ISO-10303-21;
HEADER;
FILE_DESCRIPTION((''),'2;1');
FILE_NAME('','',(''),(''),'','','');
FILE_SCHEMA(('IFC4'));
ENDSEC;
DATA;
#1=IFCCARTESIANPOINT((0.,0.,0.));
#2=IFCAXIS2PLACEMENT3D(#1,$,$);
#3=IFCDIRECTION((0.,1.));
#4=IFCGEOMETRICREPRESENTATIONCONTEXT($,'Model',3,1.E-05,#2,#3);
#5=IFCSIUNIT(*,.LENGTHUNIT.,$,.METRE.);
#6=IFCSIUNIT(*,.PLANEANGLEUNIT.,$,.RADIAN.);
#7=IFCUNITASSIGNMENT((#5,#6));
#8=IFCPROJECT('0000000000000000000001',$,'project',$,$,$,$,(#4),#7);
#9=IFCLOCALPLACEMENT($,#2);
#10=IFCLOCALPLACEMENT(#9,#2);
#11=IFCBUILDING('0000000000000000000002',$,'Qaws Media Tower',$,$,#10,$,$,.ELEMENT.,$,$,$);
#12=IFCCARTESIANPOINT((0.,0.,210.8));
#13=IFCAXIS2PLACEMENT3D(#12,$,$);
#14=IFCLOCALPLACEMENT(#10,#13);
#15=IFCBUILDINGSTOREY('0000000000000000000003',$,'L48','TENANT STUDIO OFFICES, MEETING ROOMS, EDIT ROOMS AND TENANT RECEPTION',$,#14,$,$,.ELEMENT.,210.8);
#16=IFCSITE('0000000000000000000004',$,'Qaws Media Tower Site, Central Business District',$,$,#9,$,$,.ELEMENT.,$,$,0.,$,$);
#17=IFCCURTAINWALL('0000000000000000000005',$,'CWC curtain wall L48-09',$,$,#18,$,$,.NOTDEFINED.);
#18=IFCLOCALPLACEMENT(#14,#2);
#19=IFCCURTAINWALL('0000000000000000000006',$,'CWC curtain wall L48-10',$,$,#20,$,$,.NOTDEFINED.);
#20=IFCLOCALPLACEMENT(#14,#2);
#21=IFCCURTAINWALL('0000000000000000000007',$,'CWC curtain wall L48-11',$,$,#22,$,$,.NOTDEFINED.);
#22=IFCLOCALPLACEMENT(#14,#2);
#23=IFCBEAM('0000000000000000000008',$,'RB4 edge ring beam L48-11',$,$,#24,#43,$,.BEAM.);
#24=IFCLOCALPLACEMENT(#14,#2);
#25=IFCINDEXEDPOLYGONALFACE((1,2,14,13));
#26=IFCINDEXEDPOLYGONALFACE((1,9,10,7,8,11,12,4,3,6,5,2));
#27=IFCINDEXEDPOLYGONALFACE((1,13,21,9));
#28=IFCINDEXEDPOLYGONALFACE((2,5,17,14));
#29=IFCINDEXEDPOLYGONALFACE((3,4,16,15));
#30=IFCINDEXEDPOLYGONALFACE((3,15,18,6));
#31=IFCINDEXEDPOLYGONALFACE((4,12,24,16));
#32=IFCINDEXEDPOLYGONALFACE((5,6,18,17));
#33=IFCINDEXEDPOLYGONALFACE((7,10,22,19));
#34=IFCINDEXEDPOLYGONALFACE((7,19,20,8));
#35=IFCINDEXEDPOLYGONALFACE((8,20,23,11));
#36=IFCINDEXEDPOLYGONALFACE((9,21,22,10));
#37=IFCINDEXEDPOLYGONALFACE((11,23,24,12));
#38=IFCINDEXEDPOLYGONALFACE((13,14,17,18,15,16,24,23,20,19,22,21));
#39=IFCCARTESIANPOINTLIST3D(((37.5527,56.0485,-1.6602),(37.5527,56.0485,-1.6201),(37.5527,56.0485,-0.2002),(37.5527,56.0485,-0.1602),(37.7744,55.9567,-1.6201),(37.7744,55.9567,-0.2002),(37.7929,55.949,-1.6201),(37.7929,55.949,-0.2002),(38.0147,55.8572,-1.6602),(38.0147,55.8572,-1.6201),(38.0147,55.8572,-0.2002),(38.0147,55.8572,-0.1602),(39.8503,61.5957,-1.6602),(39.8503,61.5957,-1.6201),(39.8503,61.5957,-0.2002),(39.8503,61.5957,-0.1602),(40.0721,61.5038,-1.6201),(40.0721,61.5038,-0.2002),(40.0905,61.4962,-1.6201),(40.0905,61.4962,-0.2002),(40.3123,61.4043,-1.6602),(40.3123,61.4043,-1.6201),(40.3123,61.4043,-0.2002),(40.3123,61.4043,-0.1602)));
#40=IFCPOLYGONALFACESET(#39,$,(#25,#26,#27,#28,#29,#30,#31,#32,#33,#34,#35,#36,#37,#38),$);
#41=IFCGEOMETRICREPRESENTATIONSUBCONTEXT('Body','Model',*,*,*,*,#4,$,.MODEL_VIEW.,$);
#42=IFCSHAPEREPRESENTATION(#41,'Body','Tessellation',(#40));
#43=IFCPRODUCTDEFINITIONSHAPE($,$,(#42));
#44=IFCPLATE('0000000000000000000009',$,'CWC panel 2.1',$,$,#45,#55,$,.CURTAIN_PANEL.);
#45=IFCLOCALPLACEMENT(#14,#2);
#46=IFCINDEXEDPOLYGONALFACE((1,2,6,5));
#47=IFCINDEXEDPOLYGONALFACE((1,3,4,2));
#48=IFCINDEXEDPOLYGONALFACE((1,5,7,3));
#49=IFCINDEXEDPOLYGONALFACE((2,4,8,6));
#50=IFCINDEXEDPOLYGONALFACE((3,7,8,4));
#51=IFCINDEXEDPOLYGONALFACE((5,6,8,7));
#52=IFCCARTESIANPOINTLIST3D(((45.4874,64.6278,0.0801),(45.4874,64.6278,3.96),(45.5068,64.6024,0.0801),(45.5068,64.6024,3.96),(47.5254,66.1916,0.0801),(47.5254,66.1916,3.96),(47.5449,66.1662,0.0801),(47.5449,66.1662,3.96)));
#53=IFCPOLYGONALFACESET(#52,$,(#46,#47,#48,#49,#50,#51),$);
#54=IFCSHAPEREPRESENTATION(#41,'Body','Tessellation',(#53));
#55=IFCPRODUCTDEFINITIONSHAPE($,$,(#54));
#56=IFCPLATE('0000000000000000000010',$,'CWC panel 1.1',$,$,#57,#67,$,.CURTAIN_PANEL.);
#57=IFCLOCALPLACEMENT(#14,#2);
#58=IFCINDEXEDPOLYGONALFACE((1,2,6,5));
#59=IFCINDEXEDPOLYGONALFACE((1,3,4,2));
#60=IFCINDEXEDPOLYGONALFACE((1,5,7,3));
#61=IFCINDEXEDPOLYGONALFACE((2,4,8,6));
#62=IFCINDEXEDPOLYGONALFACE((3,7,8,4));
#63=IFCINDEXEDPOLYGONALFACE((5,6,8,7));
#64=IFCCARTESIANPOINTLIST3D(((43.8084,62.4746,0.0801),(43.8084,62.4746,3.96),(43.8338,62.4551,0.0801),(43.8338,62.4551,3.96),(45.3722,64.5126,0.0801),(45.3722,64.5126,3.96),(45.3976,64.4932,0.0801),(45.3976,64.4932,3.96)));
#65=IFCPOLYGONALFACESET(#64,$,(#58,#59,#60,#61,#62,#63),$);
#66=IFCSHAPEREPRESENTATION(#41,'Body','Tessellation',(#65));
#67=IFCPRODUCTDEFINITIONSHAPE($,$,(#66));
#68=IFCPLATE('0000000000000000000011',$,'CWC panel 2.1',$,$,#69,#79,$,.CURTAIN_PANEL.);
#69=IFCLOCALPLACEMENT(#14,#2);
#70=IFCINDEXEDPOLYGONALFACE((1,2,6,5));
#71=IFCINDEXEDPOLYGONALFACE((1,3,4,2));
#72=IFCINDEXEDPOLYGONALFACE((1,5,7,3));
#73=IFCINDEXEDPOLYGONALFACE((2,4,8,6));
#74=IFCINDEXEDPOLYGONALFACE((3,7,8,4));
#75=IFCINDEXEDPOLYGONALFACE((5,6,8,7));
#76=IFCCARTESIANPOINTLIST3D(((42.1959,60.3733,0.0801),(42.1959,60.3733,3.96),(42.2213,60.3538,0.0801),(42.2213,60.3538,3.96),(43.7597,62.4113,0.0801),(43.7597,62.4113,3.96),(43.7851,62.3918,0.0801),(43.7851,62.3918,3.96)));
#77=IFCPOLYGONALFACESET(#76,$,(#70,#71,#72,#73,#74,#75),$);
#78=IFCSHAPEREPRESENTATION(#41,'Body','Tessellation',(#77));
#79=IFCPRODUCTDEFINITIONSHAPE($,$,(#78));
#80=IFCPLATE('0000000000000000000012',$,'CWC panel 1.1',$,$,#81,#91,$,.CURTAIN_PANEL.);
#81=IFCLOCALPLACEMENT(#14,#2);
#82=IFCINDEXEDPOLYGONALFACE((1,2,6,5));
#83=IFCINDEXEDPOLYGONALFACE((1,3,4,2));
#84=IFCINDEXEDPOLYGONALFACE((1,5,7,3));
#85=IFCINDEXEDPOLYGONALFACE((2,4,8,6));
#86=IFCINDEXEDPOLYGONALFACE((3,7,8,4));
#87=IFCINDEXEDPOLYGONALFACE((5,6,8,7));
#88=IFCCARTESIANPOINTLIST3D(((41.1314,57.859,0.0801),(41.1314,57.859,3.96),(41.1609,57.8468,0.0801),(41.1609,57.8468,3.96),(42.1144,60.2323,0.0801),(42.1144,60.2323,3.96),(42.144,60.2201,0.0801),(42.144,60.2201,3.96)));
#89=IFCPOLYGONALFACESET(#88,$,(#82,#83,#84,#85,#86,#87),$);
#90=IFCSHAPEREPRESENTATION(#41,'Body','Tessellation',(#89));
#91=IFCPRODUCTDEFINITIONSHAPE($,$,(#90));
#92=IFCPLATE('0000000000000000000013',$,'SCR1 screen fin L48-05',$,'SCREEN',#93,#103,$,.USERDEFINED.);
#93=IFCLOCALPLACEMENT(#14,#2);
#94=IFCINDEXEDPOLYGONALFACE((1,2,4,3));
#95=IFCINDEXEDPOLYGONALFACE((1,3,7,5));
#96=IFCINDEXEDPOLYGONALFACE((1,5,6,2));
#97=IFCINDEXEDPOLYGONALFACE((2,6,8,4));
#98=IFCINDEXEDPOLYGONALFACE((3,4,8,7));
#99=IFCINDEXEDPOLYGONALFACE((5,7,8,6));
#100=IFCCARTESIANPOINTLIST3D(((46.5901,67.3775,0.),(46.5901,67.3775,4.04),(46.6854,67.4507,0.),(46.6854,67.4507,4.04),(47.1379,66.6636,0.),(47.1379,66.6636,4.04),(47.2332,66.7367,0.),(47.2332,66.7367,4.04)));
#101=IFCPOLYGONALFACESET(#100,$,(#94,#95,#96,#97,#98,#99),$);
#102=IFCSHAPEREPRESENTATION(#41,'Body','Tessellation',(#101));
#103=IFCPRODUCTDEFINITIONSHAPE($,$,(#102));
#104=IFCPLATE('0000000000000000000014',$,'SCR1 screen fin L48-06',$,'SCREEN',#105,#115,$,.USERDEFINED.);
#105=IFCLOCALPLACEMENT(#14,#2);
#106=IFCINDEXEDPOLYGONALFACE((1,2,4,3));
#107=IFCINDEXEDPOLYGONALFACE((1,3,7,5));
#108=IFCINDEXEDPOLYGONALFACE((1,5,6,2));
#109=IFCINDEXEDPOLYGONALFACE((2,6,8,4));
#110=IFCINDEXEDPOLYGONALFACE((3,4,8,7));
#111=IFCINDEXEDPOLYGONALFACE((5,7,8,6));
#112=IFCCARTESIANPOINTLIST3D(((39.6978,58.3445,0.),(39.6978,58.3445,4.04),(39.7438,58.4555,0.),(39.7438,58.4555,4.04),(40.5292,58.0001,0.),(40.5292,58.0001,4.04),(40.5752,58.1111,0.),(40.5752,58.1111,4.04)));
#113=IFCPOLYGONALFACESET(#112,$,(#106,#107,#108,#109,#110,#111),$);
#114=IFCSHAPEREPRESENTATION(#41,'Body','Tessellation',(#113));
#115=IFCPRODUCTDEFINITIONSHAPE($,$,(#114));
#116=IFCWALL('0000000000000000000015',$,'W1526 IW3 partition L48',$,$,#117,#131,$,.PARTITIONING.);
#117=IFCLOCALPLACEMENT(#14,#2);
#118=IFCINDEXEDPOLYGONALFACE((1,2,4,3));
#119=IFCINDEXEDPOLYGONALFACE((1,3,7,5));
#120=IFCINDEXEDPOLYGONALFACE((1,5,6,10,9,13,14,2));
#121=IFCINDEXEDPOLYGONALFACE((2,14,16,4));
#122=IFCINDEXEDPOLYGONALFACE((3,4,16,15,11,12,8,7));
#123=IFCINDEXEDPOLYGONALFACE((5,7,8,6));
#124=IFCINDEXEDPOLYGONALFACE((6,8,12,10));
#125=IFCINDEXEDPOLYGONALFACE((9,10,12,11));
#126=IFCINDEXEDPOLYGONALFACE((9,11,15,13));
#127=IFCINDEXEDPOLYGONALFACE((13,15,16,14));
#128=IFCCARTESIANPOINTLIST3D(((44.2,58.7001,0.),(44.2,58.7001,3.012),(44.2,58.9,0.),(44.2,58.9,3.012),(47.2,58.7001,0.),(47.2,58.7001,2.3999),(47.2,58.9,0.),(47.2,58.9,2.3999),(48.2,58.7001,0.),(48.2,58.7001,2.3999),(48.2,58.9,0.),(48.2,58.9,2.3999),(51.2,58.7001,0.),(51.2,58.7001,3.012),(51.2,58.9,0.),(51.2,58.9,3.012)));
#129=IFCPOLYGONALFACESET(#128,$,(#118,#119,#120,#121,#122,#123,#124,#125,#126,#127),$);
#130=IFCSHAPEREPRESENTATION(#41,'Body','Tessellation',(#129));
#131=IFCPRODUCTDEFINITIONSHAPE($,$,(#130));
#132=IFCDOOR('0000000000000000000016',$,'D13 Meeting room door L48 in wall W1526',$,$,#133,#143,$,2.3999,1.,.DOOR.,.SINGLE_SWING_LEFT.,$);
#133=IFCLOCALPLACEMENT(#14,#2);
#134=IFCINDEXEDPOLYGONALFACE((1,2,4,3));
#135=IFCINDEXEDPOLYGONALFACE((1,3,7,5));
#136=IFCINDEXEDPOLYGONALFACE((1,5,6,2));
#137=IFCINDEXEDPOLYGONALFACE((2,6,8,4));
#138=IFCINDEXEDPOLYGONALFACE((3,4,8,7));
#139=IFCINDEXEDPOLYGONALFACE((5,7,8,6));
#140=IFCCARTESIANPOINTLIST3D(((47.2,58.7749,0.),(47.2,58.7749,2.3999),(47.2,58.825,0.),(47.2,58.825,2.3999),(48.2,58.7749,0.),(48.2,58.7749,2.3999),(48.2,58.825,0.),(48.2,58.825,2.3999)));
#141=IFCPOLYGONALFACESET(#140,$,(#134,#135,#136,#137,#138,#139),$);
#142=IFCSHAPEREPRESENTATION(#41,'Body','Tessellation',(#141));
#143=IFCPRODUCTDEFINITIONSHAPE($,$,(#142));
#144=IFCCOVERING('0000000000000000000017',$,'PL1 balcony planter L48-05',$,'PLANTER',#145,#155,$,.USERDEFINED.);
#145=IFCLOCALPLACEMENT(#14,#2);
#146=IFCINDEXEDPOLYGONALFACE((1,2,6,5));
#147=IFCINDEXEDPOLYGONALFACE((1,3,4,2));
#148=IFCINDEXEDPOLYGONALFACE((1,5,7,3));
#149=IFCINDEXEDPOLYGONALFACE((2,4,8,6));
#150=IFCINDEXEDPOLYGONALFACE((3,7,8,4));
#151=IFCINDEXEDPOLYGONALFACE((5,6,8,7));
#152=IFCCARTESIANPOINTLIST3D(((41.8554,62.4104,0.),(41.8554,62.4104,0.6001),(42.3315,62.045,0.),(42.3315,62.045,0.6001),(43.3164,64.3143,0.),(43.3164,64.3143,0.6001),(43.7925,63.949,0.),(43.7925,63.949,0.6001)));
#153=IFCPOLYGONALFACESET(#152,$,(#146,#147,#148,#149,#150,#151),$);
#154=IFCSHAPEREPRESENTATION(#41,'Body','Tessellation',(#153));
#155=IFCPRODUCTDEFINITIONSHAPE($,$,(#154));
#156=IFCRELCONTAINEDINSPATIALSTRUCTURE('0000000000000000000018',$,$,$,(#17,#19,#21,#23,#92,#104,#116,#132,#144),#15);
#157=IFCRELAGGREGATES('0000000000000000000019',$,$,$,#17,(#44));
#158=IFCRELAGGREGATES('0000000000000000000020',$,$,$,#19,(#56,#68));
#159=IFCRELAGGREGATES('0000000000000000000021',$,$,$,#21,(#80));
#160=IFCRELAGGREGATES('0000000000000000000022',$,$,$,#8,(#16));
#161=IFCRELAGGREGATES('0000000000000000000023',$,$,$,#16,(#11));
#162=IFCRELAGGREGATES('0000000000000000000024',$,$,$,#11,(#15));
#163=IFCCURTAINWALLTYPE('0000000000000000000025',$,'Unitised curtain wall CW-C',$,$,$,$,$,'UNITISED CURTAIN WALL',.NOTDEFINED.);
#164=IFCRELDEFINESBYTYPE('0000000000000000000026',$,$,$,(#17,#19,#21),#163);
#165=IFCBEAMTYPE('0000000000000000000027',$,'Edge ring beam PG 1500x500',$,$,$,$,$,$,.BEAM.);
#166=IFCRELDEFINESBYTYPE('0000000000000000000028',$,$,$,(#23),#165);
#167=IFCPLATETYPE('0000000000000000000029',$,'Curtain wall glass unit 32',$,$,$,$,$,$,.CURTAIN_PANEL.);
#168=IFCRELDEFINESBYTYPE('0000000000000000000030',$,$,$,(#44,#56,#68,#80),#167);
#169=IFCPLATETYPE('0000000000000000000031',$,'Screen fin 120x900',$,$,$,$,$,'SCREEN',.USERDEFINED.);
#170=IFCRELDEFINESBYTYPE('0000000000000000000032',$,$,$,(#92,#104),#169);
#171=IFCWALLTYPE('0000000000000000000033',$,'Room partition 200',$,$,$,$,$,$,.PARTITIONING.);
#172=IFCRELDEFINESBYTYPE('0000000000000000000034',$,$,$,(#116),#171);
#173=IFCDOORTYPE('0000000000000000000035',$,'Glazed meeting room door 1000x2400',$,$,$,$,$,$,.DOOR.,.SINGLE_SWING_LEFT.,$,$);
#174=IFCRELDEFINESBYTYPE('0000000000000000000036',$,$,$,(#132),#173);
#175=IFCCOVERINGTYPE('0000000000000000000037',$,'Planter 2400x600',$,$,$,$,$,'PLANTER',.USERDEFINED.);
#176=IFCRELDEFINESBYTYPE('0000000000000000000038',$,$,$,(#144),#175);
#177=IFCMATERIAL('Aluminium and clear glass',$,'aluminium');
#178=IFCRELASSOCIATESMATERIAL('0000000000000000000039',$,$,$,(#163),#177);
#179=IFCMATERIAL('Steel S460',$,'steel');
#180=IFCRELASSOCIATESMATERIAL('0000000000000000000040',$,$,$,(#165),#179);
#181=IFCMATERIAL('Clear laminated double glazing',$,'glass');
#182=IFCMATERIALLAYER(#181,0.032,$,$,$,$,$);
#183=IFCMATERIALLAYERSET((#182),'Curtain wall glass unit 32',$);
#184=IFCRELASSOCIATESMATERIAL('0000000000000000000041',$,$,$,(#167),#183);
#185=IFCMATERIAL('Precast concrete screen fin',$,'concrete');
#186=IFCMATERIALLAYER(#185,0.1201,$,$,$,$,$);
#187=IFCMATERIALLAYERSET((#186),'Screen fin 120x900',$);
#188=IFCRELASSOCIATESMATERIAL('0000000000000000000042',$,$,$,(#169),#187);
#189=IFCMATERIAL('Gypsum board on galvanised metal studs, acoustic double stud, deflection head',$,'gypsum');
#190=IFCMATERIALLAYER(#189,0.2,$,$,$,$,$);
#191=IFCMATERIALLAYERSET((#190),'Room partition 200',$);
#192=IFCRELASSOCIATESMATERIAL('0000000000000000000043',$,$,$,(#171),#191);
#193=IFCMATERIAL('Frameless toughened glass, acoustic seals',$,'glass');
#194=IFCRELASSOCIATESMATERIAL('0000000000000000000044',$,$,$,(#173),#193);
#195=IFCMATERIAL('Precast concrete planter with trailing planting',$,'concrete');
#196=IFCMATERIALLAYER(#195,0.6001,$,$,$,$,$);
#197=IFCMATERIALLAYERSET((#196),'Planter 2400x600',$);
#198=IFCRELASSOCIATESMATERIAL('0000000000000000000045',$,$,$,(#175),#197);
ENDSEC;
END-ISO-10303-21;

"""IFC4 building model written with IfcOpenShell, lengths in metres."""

from ifc_helpers import new_model, si_unit, direction, frame, frame_2d, origin, origin_2d, place, context, subcontext, project, spatial, rectangle, i_section, extrude, material, layer, layer_set, material_profile, profile_set, type_object, element, fill, aggregate, save


model = new_model("IFC4")

# Units and contexts
model_context = context("Model", 3, precision=1e-05, world=origin(), true_north=direction((0.0, 1.0)))
body_context = subcontext(model_context, "Body", "Model", "MODEL_VIEW")
ifc_project = project(units=[si_unit("LENGTHUNIT", "METRE"), si_unit("PLANEANGLEUNIT", "RADIAN")], contexts=[model_context])

# Site, building, storey
site_placement = place(None, origin())
site = spatial("IfcSite", under=ifc_project, at=site_placement, Name="Qaws Media Tower Site, Central Business District", CompositionType="ELEMENT", RefElevation=0.0)
building_placement = place(site_placement, origin())
building = spatial("IfcBuilding", under=site, at=building_placement, Name="Qaws Media Tower", CompositionType="ELEMENT")
storey_placement = place(building_placement, frame((0.0, 0.0, 210.8)))
storey = spatial("IfcBuildingStorey", under=building, at=storey_placement, Name="L48", Description="TENANT STUDIO OFFICES, MEETING ROOMS, EDIT ROOMS AND TENANT RECEPTION", CompositionType="ELEMENT", Elevation=210.8)

# Curtain walls
ifc_material_1 = material(Name="Aluminium and clear glass", Category="aluminium")
curtain_wall_type = type_object("IfcCurtainWallType", Name="Unitised curtain wall CW-C", ElementType="UNITISED CURTAIN WALL", PredefinedType="NOTDEFINED", material=ifc_material_1)
curtain_wall_1_placement = place(storey_placement, origin())
curtain_wall_1 = element("IfcCurtainWall", 1, at=curtain_wall_1_placement, inside=storey, type_object=curtain_wall_type, Name="CWC curtain wall L48-09", PredefinedType="NOTDEFINED")
curtain_wall_2_placement = place(storey_placement, origin())
curtain_wall_2 = element("IfcCurtainWall", 2, at=curtain_wall_2_placement, inside=storey, type_object=curtain_wall_type, Name="CWC curtain wall L48-10", PredefinedType="NOTDEFINED")

# Curtain wall
curtain_wall_3_placement = place(storey_placement, origin())
curtain_wall_3 = element("IfcCurtainWall", 3, at=curtain_wall_3_placement, inside=storey, type_object=curtain_wall_type, Name="CWC curtain wall L48-11", PredefinedType="NOTDEFINED")

# Beam
ifc_material_2 = material(Name="Steel S460", Category="steel")
ifc_material_profile_1 = material_profile(ifc_material_2, i_section(OverallWidth=0.5, OverallDepth=1.5, WebThickness=0.02, FlangeThickness=0.04, at=origin_2d()), Name="PG 1500x500")
ifc_profile_set_1 = profile_set([ifc_material_profile_1], Name="Steel S460")
beam_type = type_object("IfcBeamType", Name="Edge ring beam PG 1500x500", PredefinedType="BEAM", material=ifc_profile_set_1)
for number, where, z_axis, x_axis, name in (
    (4, (40.0813, 61.5, -0.9102), (-0.382671, -0.923885, 0.0), (0.923885, -0.382671, 0.0), "RB4 edge ring beam L48-11"),
):
    element("IfcBeam", number, at=place(storey_placement, frame(where, z_axis=z_axis, x_axis=x_axis)), inside=storey, type_object=beam_type, Name=name, PredefinedType="BEAM", context=body_context, shape_type="SweptSolid", body=[
        extrude(i_section(OverallWidth=0.5, OverallDepth=1.5, WebThickness=0.02, FlangeThickness=0.04, at=origin_2d()), origin(), (0.0, 0.0, 1.0), 6.0042),
    ])

# Plates
ifc_material_3 = material(Name="Clear laminated double glazing", Category="glass")
ifc_layer_1 = layer(ifc_material_3, 0.032)
ifc_layer_set_1 = layer_set([ifc_layer_1], Name="Curtain wall glass unit 32")
plate_type_1 = type_object("IfcPlateType", Name="Curtain wall glass unit 32", PredefinedType="CURTAIN_PANEL", material=ifc_layer_set_1)
plate_1_placement = place(storey_placement, frame((46.5161, 65.397, 0.0801), z_axis=(0.0, 0.0, 1.0), x_axis=(-0.793353, -0.608761, 0.0)))
plate_1 = element("IfcPlate", 5, at=plate_1_placement, type_object=plate_type_1, Name="CWC panel 2.1", PredefinedType="CURTAIN_PANEL", context=body_context, shape_type="SweptSolid", body=[
    extrude(rectangle(XDim=2.5688, YDim=0.032, at=origin_2d()), origin(), (0.0, 0.0, 1.0), 3.8799),
])
aggregate(curtain_wall_1, [plate_1])
plate_2_placement = place(storey_placement, frame((44.603, 63.4839, 0.0801), z_axis=(0.0, 0.0, 1.0), x_axis=(-0.608761, -0.793353, 0.0)))
plate_2 = element("IfcPlate", 6, at=plate_2_placement, type_object=plate_type_1, Name="CWC panel 1.1", PredefinedType="CURTAIN_PANEL", context=body_context, shape_type="SweptSolid", body=[
    extrude(rectangle(XDim=2.5688, YDim=0.032, at=origin_2d()), origin(), (0.0, 0.0, 1.0), 3.8799),
])
plate_3_placement = place(storey_placement, frame((42.9905, 61.3826, 0.0801), z_axis=(0.0, 0.0, 1.0), x_axis=(-0.608761, -0.793353, 0.0)))
plate_3 = element("IfcPlate", 7, at=plate_3_placement, type_object=plate_type_1, Name="CWC panel 2.1", PredefinedType="CURTAIN_PANEL", context=body_context, shape_type="SweptSolid", body=[
    extrude(rectangle(XDim=2.5688, YDim=0.032, at=origin_2d()), origin(), (0.0, 0.0, 1.0), 3.8799),
])
aggregate(curtain_wall_2, [plate_2, plate_3])
plate_4_placement = place(storey_placement, frame((41.6377, 59.0396, 0.0801), z_axis=(0.0, 0.0, 1.0), x_axis=(-0.382683, -0.92388, 0.0)))
plate_4 = element("IfcPlate", 8, at=plate_4_placement, type_object=plate_type_1, Name="CWC panel 1.1", PredefinedType="CURTAIN_PANEL", context=body_context, shape_type="SweptSolid", body=[
    extrude(rectangle(XDim=2.5688, YDim=0.032, at=origin_2d()), origin(), (0.0, 0.0, 1.0), 3.8799),
])
aggregate(curtain_wall_3, [plate_4])

# Plates
ifc_material_4 = material(Name="Precast concrete screen fin", Category="concrete")
ifc_layer_2 = layer(ifc_material_4, 0.1201)
ifc_layer_set_2 = layer_set([ifc_layer_2], Name="Screen fin 120x900")
plate_type_2 = type_object("IfcPlateType", Name="Screen fin 120x900", ElementType="SCREEN", PredefinedType="USERDEFINED", material=ifc_layer_set_2)
for number, where, z_axis, x_axis, name in (
    (9, (46.9116, 67.0571, 0.0), (0.0, 0.0, 1.0), (-0.608761, 0.793353, 0.0), "SCR1 screen fin L48-05"),
    (10, (40.1365, 58.2278, 0.0), (0.0, 0.0, 1.0), (-0.92388, 0.382683, 0.0), "SCR1 screen fin L48-06"),
):
    element("IfcPlate", number, at=place(storey_placement, frame(where, z_axis=z_axis, x_axis=x_axis)), inside=storey, type_object=plate_type_2, Name=name, ObjectType="SCREEN", PredefinedType="USERDEFINED", context=body_context, shape_type="SweptSolid", body=[
        extrude(rectangle(XDim=0.8999, YDim=0.1201, at=origin_2d()), origin(), (0.0, 0.0, 1.0), 4.04),
    ])

# Wall, opening, door
ifc_material_5 = material(Name="Gypsum board on galvanised metal studs, acoustic double stud, deflection head", Category="gypsum")
ifc_layer_3 = layer(ifc_material_5, 0.2)
ifc_layer_set_3 = layer_set([ifc_layer_3], Name="Room partition 200")
wall_type = type_object("IfcWallType", Name="Room partition 200", PredefinedType="PARTITIONING", material=ifc_layer_set_3)
wall_placement = place(storey_placement, frame((44.2, 58.8, 0.0), z_axis=(0.0, 0.0, 1.0), x_axis=(1.0, 0.0, 0.0)))
wall = element("IfcWall", 11, at=wall_placement, inside=storey, type_object=wall_type, Name="W1526 IW3 partition L48", PredefinedType="PARTITIONING", context=body_context, shape_type="SweptSolid", body=[
    extrude(rectangle(XDim=7.0, YDim=0.2, at=frame_2d((3.5, 0.0))), origin(), (0.0, 0.0, 1.0), 3.012),
])
opening_placement = place(wall_placement, frame((3.0, 0.0, 0.0)))
opening = element("IfcOpeningElement", 12, at=opening_placement, cuts=wall, PredefinedType="OPENING", context=body_context, shape_type="SweptSolid", body=[
    extrude(rectangle(XDim=1.0, YDim=2.3999, at=frame_2d((0.5, 1.2))), frame((0.0, 0.1099, 0.0), z_axis=(0.0, -1.0, 0.0), x_axis=(1.0, 0.0, 0.0)), (0.0, 0.0, 1.0), 0.22),
])
ifc_material_6 = material(Name="Frameless toughened glass, acoustic seals", Category="glass")
door_type = type_object("IfcDoorType", Name="Glazed meeting room door 1000x2400", OperationType="SINGLE_SWING_LEFT", PredefinedType="DOOR", material=ifc_material_6)
door_placement = place(opening_placement, origin())
door = element("IfcDoor", 13, at=door_placement, inside=storey, type_object=door_type, Name="D13 Meeting room door L48 in wall W1526", OperationType="SINGLE_SWING_LEFT", OverallHeight=2.3999, OverallWidth=1.0, PredefinedType="DOOR", context=body_context, shape_type="SweptSolid", body=[
    extrude(rectangle(XDim=1.0, YDim=2.3999, at=frame_2d((0.5, 1.2))), frame((0.0, 0.0249, 0.0), z_axis=(0.0, -1.0, 0.0), x_axis=(1.0, 0.0, 0.0)), (0.0, 0.0, 1.0), 0.05),
])
fill(opening, door)

# Covering
ifc_material_7 = material(Name="Precast concrete planter with trailing planting", Category="concrete")
ifc_layer_4 = layer(ifc_material_7, 0.6001)
ifc_layer_set_4 = layer_set([ifc_layer_4], Name="Planter 2400x600")
covering_type = type_object("IfcCoveringType", Name="Planter 2400x600", ElementType="PLANTER", PredefinedType="USERDEFINED", material=ifc_layer_set_4)
covering_placement = place(storey_placement, frame((42.824, 63.1797, 0.0), z_axis=(0.0, 0.0, 1.0), x_axis=(-0.608761, -0.793353, 0.0)))
element("IfcCovering", 14, at=covering_placement, inside=storey, type_object=covering_type, Name="PL1 balcony planter L48-05", ObjectType="PLANTER", PredefinedType="USERDEFINED", context=body_context, shape_type="SweptSolid", body=[
    extrude(rectangle(XDim=2.3999, YDim=0.6001, at=origin_2d()), origin(), (0.0, 0.0, 1.0), 0.6001),
])

save(model, "model.ifc")
